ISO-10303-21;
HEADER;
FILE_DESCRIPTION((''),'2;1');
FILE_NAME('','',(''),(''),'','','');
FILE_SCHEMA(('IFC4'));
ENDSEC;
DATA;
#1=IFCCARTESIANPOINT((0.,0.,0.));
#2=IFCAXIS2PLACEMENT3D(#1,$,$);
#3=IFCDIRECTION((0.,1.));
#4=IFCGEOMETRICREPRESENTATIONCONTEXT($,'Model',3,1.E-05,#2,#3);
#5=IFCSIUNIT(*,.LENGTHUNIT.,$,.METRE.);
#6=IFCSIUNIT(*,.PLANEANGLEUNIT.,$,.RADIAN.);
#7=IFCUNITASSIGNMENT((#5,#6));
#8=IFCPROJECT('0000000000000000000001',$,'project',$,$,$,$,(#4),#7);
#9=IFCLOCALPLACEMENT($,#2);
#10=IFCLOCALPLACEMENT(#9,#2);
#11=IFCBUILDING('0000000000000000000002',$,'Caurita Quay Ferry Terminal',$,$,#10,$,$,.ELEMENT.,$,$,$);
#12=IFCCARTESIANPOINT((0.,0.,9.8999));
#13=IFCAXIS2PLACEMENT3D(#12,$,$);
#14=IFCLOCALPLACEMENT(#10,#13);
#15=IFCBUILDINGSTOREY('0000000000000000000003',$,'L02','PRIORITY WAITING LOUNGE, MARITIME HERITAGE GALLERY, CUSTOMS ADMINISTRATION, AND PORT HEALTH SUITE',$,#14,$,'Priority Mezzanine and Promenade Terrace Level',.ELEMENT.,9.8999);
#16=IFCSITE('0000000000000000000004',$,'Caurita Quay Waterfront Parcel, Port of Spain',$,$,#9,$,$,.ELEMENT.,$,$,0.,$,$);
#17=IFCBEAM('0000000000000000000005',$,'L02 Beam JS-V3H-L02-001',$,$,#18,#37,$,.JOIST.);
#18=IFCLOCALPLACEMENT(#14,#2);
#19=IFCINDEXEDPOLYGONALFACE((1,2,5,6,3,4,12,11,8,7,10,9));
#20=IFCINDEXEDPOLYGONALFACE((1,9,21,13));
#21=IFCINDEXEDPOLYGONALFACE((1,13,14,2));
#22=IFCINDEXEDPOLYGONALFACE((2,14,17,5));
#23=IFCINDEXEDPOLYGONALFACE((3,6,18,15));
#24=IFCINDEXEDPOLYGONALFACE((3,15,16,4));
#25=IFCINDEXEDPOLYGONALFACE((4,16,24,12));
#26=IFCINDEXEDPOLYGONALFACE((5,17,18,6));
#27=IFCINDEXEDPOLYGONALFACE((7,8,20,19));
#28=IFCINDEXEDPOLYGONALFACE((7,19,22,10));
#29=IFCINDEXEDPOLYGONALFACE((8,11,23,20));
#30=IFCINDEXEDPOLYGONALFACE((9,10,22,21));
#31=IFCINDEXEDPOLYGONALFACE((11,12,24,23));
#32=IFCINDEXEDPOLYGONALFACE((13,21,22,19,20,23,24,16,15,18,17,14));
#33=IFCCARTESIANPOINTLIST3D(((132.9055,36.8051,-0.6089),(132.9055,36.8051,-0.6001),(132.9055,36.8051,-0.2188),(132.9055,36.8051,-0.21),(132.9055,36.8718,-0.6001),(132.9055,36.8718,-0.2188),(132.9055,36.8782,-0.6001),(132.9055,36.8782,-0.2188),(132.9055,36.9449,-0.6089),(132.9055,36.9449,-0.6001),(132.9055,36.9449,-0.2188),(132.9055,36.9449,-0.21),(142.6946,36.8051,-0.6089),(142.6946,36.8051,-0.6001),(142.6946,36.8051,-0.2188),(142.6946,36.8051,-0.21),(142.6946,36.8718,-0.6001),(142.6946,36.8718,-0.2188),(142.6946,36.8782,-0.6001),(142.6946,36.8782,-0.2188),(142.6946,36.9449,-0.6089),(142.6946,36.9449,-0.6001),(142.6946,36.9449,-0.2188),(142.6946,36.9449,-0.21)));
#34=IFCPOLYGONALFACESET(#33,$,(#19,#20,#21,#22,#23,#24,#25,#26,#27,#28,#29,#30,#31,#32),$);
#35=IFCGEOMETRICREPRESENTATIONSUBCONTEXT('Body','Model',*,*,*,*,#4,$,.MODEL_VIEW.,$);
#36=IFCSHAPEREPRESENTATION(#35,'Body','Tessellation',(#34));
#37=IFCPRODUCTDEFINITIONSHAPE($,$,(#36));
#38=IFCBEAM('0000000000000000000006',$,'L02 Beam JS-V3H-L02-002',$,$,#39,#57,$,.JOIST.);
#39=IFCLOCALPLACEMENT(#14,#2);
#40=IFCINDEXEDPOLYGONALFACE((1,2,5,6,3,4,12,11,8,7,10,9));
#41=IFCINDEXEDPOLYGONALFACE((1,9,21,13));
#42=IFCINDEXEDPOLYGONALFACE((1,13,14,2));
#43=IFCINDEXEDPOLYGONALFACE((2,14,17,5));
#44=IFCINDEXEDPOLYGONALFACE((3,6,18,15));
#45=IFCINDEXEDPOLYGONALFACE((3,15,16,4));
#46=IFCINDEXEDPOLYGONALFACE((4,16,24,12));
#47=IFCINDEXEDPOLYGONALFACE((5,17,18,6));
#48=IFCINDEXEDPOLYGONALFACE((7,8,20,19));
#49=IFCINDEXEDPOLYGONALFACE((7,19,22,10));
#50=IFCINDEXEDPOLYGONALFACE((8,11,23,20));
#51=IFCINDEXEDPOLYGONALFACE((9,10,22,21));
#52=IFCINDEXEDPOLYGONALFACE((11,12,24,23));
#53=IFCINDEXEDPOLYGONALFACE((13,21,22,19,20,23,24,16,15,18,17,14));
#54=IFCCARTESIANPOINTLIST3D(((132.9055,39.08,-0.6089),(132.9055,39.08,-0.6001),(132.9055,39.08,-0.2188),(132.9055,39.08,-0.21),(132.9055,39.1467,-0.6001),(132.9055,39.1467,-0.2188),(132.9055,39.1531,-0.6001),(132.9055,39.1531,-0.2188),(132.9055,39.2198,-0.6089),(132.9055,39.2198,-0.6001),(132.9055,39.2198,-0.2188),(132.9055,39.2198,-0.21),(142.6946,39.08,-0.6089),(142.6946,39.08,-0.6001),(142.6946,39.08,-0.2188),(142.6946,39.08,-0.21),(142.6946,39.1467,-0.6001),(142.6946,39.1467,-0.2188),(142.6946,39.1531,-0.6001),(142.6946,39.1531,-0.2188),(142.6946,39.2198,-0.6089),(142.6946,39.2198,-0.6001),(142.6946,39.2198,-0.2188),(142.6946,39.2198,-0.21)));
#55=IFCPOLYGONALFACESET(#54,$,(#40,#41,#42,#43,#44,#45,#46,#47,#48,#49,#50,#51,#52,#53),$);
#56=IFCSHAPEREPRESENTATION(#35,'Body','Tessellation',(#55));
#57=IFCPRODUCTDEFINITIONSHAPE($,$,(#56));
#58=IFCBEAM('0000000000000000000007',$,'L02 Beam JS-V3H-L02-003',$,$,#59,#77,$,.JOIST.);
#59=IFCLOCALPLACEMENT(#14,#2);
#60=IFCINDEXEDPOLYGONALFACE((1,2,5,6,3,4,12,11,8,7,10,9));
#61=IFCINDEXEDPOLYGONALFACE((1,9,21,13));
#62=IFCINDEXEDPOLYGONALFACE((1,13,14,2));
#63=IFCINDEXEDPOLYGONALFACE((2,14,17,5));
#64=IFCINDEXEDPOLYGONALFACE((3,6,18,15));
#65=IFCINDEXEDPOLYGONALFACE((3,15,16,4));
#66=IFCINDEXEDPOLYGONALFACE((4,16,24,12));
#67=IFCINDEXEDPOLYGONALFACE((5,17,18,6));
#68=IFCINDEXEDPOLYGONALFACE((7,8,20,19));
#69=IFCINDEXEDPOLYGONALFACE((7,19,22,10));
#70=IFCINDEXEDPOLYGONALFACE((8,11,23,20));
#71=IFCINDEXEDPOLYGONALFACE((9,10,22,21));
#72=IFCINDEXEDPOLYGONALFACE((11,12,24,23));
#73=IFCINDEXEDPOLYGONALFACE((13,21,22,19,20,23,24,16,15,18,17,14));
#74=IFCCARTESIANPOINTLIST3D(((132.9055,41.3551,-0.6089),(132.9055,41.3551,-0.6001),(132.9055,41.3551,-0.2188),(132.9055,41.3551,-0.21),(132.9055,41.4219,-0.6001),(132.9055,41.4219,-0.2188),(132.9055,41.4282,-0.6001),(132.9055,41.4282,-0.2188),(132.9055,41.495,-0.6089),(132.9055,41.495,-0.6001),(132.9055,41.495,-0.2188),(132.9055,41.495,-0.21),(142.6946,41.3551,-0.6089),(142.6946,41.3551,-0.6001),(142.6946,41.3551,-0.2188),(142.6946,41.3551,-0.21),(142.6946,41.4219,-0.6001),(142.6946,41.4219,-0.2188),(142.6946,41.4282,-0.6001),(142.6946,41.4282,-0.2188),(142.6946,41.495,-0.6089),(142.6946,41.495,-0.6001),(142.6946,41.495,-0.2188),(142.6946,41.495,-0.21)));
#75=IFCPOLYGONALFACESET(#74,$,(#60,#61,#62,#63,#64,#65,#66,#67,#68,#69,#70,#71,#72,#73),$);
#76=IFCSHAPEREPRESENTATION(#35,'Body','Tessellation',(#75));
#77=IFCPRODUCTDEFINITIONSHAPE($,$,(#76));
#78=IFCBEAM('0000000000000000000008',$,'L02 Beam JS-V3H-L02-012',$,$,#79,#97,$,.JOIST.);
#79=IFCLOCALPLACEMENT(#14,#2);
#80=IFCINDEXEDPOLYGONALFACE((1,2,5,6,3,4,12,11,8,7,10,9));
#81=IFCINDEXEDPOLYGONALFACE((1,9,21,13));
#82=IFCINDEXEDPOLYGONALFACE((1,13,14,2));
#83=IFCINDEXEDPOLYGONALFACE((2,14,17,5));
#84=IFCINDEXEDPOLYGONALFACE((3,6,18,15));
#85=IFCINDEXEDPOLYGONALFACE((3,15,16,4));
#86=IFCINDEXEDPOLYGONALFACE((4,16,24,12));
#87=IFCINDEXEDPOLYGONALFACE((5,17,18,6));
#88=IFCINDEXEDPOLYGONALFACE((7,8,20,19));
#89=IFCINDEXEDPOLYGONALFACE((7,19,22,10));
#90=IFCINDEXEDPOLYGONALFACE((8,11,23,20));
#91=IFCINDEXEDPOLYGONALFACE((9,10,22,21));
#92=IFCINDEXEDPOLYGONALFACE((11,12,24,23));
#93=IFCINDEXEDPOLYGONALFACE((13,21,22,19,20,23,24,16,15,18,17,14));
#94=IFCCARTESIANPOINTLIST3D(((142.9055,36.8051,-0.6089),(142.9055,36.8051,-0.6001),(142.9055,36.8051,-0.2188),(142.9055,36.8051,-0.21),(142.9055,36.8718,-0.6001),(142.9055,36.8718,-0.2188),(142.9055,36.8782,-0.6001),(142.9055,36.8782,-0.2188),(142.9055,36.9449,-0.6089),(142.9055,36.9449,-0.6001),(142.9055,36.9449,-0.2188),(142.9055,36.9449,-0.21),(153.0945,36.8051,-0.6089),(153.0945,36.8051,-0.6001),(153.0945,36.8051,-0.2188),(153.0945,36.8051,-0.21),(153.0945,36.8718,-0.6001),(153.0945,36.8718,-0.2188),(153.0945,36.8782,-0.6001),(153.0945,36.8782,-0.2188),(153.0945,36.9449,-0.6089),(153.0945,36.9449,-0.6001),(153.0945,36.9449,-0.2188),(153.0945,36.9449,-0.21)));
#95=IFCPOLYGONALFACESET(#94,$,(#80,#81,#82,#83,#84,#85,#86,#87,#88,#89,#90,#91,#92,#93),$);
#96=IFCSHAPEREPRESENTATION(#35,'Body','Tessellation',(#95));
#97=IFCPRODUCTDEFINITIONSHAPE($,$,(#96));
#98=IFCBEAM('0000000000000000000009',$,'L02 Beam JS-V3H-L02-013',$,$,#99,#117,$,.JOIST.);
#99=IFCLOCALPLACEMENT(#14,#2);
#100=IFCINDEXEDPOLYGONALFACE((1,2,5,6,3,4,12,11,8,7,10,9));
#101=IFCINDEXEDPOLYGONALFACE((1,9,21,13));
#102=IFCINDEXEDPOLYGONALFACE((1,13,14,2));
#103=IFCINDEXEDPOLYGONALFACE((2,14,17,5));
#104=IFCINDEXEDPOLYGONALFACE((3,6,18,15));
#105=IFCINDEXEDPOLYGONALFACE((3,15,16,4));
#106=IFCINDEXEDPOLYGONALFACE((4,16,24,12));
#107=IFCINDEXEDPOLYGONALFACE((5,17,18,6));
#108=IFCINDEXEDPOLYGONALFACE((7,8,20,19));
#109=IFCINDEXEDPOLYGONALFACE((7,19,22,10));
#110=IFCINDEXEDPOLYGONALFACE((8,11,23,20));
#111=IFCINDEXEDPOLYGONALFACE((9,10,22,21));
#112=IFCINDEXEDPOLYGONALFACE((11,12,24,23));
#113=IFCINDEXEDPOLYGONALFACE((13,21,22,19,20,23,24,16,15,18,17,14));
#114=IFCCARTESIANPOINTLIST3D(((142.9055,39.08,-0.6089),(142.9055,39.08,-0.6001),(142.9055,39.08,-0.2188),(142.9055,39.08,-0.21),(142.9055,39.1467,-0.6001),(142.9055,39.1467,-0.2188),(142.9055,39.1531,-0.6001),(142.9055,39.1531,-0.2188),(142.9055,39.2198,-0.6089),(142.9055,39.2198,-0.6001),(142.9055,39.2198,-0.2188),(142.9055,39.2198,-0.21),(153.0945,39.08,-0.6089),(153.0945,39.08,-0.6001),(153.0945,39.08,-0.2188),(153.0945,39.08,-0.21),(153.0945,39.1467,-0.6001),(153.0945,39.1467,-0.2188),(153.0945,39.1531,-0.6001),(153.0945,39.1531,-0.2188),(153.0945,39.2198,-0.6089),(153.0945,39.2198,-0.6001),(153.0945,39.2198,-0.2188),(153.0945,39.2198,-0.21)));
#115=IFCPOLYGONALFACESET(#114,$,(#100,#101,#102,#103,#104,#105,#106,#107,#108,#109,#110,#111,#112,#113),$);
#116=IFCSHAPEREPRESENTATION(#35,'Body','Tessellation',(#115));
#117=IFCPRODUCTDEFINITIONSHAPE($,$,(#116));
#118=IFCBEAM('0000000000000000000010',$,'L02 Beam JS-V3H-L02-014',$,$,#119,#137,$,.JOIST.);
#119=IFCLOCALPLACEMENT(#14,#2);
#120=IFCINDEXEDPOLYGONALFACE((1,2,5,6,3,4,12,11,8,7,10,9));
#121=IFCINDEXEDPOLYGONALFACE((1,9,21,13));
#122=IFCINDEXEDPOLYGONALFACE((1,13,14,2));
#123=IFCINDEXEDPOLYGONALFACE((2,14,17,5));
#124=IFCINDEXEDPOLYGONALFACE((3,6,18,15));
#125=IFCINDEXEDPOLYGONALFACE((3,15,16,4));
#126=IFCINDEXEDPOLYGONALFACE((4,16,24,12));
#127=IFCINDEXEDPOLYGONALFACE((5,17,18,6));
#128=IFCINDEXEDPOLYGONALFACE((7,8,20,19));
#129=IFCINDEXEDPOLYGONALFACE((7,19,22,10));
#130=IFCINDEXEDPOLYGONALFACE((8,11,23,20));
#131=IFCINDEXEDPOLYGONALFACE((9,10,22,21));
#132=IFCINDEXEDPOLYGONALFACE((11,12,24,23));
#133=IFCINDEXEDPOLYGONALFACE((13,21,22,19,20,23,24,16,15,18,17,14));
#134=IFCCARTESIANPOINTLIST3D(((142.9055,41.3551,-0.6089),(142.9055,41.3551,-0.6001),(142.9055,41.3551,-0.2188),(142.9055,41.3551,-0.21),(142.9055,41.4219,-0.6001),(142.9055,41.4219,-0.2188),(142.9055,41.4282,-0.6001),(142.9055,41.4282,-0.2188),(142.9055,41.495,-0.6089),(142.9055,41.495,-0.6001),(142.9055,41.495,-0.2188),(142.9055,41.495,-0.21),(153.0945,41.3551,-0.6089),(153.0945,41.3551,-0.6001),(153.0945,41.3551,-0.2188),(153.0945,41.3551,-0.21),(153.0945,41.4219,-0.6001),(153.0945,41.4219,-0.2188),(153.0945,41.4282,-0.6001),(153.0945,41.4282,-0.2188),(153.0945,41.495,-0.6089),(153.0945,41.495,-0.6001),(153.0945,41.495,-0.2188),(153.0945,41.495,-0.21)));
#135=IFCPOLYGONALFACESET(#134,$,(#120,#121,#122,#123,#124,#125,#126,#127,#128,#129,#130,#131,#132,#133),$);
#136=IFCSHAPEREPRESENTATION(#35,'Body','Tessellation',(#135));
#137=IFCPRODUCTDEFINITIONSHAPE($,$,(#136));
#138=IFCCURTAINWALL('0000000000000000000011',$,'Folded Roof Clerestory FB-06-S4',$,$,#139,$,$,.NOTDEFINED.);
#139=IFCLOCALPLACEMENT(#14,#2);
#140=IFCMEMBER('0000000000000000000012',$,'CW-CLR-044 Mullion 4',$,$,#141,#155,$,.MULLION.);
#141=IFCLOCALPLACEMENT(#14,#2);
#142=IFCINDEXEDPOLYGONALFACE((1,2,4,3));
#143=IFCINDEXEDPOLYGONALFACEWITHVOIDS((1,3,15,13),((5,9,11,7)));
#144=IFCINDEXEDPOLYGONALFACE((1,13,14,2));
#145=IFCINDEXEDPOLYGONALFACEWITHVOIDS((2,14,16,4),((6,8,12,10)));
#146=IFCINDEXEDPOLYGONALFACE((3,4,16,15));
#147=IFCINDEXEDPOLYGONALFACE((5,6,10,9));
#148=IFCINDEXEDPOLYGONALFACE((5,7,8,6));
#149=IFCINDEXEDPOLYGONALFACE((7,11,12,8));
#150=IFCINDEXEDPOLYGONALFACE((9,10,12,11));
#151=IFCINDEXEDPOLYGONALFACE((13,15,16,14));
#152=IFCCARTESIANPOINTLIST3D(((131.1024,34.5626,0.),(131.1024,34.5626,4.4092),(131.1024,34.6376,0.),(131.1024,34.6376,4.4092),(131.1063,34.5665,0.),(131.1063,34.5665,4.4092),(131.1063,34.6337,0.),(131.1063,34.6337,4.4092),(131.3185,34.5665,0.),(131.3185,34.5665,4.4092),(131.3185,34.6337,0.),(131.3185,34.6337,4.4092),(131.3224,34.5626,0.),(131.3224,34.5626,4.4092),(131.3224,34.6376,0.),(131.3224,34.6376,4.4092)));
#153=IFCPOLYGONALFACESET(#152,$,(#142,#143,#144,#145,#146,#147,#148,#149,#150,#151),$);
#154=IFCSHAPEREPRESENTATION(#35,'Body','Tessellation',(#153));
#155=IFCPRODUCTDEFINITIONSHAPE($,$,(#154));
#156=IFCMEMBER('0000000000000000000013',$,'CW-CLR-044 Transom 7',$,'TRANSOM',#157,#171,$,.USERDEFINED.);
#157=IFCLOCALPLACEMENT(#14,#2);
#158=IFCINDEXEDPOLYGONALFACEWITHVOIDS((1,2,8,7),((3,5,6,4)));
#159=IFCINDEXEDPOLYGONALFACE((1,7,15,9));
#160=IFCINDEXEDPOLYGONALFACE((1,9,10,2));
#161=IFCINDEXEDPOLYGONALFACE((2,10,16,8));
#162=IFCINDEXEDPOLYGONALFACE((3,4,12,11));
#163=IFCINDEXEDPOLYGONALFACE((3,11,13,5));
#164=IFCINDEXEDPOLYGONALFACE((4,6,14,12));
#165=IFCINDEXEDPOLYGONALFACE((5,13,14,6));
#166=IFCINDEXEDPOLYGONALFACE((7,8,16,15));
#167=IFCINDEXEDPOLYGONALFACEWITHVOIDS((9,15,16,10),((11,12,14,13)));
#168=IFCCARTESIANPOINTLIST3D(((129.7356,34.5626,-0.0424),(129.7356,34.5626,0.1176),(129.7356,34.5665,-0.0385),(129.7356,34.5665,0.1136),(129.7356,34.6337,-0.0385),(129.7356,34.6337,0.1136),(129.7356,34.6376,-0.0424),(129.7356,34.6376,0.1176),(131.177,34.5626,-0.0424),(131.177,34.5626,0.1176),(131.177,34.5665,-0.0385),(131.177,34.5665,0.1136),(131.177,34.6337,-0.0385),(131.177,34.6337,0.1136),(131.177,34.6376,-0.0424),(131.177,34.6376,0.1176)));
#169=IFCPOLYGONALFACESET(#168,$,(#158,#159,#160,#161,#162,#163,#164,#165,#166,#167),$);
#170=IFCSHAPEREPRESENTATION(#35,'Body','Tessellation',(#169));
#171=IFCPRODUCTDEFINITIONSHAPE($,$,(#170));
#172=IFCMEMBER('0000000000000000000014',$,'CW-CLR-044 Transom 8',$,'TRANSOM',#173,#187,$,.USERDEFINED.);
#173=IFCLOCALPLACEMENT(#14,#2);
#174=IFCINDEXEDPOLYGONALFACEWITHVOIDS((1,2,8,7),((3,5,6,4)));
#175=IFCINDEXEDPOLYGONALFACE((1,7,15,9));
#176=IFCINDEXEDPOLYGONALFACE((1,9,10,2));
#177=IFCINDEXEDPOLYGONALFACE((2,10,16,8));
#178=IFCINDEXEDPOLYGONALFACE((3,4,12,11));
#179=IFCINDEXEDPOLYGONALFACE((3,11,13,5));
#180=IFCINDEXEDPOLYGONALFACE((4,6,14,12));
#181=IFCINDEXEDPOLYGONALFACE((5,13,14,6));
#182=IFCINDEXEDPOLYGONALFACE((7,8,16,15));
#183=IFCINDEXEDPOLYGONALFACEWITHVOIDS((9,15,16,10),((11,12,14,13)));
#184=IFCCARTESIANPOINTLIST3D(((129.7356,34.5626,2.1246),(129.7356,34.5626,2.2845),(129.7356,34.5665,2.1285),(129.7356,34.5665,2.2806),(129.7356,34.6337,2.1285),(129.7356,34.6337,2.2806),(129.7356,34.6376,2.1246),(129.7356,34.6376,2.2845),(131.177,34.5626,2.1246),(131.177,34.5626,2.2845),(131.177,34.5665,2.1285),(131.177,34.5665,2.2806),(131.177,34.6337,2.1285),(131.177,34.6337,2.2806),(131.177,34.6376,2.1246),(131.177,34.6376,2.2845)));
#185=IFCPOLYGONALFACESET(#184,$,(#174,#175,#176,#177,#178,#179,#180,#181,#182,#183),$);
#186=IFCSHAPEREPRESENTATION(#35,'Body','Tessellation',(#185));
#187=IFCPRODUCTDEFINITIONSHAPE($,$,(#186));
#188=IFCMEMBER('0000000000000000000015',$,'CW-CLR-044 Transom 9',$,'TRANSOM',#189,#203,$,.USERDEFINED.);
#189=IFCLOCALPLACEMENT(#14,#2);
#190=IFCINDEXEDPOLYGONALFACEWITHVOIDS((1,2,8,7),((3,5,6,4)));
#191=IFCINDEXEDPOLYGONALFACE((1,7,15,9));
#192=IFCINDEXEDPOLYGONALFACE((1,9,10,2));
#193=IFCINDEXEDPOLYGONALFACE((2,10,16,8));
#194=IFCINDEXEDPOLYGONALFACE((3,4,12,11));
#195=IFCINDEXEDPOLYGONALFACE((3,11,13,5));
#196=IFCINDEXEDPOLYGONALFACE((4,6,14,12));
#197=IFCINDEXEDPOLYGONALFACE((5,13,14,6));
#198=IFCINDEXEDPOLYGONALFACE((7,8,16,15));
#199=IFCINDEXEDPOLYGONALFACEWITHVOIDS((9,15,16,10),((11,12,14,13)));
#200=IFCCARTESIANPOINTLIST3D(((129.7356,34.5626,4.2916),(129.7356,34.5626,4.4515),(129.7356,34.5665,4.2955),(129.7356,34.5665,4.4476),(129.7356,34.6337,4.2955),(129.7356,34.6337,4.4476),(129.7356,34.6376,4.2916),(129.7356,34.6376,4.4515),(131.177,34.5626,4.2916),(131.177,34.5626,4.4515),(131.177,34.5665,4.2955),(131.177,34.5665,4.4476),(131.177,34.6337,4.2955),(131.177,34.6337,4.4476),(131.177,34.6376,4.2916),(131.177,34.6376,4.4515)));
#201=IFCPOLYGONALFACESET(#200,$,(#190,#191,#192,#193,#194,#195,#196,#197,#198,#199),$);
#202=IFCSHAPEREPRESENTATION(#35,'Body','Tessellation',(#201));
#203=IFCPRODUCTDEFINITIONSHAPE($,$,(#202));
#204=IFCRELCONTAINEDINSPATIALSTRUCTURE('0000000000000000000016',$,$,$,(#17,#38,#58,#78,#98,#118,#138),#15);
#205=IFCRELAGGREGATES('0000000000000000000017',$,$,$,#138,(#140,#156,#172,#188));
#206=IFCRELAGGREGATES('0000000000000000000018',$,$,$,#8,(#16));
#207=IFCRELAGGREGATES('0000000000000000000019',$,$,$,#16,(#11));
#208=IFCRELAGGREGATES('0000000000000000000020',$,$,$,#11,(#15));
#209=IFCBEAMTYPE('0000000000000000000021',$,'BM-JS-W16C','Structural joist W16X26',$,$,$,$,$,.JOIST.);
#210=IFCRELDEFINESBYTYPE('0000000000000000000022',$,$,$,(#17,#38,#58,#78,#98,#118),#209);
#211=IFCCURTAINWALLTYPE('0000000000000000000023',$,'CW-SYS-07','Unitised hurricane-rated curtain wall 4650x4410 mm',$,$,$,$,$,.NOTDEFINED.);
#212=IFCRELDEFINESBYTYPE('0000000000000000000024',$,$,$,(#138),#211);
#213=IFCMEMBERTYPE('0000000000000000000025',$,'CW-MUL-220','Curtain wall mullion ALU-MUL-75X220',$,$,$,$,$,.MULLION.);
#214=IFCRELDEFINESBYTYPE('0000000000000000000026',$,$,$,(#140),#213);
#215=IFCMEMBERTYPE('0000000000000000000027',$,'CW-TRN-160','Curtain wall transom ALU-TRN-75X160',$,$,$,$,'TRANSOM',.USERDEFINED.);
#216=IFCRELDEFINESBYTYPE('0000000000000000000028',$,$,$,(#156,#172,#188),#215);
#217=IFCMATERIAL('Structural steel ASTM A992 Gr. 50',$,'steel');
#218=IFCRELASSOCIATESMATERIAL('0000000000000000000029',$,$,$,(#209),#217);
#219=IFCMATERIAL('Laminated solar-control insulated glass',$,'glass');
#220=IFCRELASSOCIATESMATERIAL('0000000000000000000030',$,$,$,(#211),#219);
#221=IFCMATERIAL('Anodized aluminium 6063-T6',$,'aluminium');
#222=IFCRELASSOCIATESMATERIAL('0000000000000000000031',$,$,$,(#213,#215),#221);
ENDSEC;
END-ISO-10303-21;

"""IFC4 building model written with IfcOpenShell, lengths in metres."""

from ifc_helpers import new_model, si_unit, direction, frame, origin, origin_2d, place, context, subcontext, project, spatial, hollow_rectangle, i_section, extrude, material, material_profile, profile_set, type_object, element, aggregate, save


model = new_model("IFC4")

# Units and contexts
model_context = context("Model", 3, precision=1e-05, world=origin(), true_north=direction((0.0, 1.0)))
body_context = subcontext(model_context, "Body", "Model", "MODEL_VIEW")
ifc_project = project(units=[si_unit("LENGTHUNIT", "METRE"), si_unit("PLANEANGLEUNIT", "RADIAN")], contexts=[model_context])

# Site, building, storey
site_placement = place(None, origin())
site = spatial("IfcSite", under=ifc_project, at=site_placement, Name="Caurita Quay Waterfront Parcel, Port of Spain", CompositionType="ELEMENT", RefElevation=0.0)
building_placement = place(site_placement, origin())
building = spatial("IfcBuilding", under=site, at=building_placement, Name="Caurita Quay Ferry Terminal", CompositionType="ELEMENT")
storey_placement = place(building_placement, frame((0.0, 0.0, 9.8999)))
storey = spatial("IfcBuildingStorey", under=building, at=storey_placement, Name="L02", Description="PRIORITY WAITING LOUNGE, MARITIME HERITAGE GALLERY, CUSTOMS ADMINISTRATION, AND PORT HEALTH SUITE", LongName="Priority Mezzanine and Promenade Terrace Level", CompositionType="ELEMENT", Elevation=9.8999)

# Shared definitions
ifc_material_1 = material(Name="Structural steel ASTM A992 Gr. 50", Category="steel")

# Beams
ifc_material_profile_1 = material_profile(ifc_material_1, i_section(OverallWidth=0.1399, OverallDepth=0.3989, WebThickness=0.0063, FlangeThickness=0.0088, at=origin_2d()), Name="W16X26")
ifc_profile_set_1 = profile_set([ifc_material_profile_1], Name="Structural steel ASTM A992 Gr. 50")
beam_type_1 = type_object("IfcBeamType", Name="BM-JS-W16C", Description="Structural joist W16X26", PredefinedType="JOIST", material=ifc_profile_set_1)
for number, where, z_axis, x_axis, name in (
    (1, (132.9055, 36.875, -0.4094), (1.0, 0.0, 0.0), (0.0, 1.0, 0.0), "L02 Beam JS-V3H-L02-001"),
    (2, (132.9055, 39.1499, -0.4094), (1.0, 0.0, 0.0), (0.0, 1.0, 0.0), "L02 Beam JS-V3H-L02-002"),
    (3, (132.9055, 41.425, -0.4094), (1.0, 0.0, 0.0), (0.0, 1.0, 0.0), "L02 Beam JS-V3H-L02-003"),
):
    element("IfcBeam", number, at=place(storey_placement, frame(where, z_axis=z_axis, x_axis=x_axis)), inside=storey, type_object=beam_type_1, Name=name, PredefinedType="JOIST", context=body_context, shape_type="SweptSolid", body=[
        extrude(i_section(OverallWidth=0.1399, OverallDepth=0.3989, WebThickness=0.0063, FlangeThickness=0.0088, at=origin_2d()), origin(), (0.0, 0.0, 1.0), 9.7891),
    ])
for number, where, z_axis, x_axis, name in (
    (4, (142.9055, 36.875, -0.4094), (1.0, 0.0, 0.0), (0.0, 1.0, 0.0), "L02 Beam JS-V3H-L02-012"),
    (5, (142.9055, 39.1499, -0.4094), (1.0, 0.0, 0.0), (0.0, 1.0, 0.0), "L02 Beam JS-V3H-L02-013"),
    (6, (142.9055, 41.425, -0.4094), (1.0, 0.0, 0.0), (0.0, 1.0, 0.0), "L02 Beam JS-V3H-L02-014"),
):
    element("IfcBeam", number, at=place(storey_placement, frame(where, z_axis=z_axis, x_axis=x_axis)), inside=storey, type_object=beam_type_1, Name=name, PredefinedType="JOIST", context=body_context, shape_type="SweptSolid", body=[
        extrude(i_section(OverallWidth=0.1399, OverallDepth=0.3989, WebThickness=0.0063, FlangeThickness=0.0088, at=origin_2d()), origin(), (0.0, 0.0, 1.0), 10.189),
    ])

# Curtain wall, members
ifc_material_2 = material(Name="Laminated solar-control insulated glass", Category="glass")
curtain_wall_type = type_object("IfcCurtainWallType", Name="CW-SYS-07", Description="Unitised hurricane-rated curtain wall 4650x4410 mm", PredefinedType="NOTDEFINED", material=ifc_material_2)
curtain_wall_placement = place(storey_placement, origin())
curtain_wall = element("IfcCurtainWall", 7, at=curtain_wall_placement, inside=storey, type_object=curtain_wall_type, Name="Folded Roof Clerestory FB-06-S4", PredefinedType="NOTDEFINED")
ifc_material_3 = material(Name="Anodized aluminium 6063-T6", Category="aluminium")
ifc_material_profile_2 = material_profile(ifc_material_3, hollow_rectangle(XDim=0.075, YDim=0.22, WallThickness=0.0039, at=origin_2d()), Name="ALU-MUL-75X220")
ifc_profile_set_2 = profile_set([ifc_material_profile_2], Name="Anodized aluminium 6063-T6")
member_type_1 = type_object("IfcMemberType", Name="CW-MUL-220", Description="Curtain wall mullion ALU-MUL-75X220", PredefinedType="MULLION", material=ifc_profile_set_2)
member_1_placement = place(storey_placement, frame((131.2124, 34.6001, 0.0), z_axis=(0.0, 0.0, 1.0), x_axis=(0.0, 1.0, 0.0)))
member_1 = element("IfcMember", 8, at=member_1_placement, type_object=member_type_1, Name="CW-CLR-044 Mullion 4", PredefinedType="MULLION", context=body_context, shape_type="SweptSolid", body=[
    extrude(hollow_rectangle(XDim=0.075, YDim=0.22, WallThickness=0.0039, at=origin_2d()), origin(), (0.0, 0.0, 1.0), 4.4092),
])
ifc_material_profile_3 = material_profile(ifc_material_3, hollow_rectangle(XDim=0.075, YDim=0.1599, WallThickness=0.0039, at=origin_2d()), Name="ALU-TRN-75X160")
ifc_profile_set_3 = profile_set([ifc_material_profile_3], Name="Anodized aluminium 6063-T6")
member_type_2 = type_object("IfcMemberType", Name="CW-TRN-160", Description="Curtain wall transom ALU-TRN-75X160", ElementType="TRANSOM", PredefinedType="USERDEFINED", material=ifc_profile_set_3)
member_2_placement = place(storey_placement, frame((129.7356, 34.6001, 0.0376), z_axis=(1.0, 0.0, 0.0), x_axis=(0.0, 1.0, 0.0)))
member_2 = element("IfcMember", 9, at=member_2_placement, type_object=member_type_2, Name="CW-CLR-044 Transom 7", ObjectType="TRANSOM", PredefinedType="USERDEFINED", context=body_context, shape_type="SweptSolid", body=[
    extrude(hollow_rectangle(XDim=0.075, YDim=0.1599, WallThickness=0.0039, at=origin_2d()), origin(), (0.0, 0.0, 1.0), 1.4414),
])
member_3_placement = place(storey_placement, frame((129.7356, 34.6001, 2.2046), z_axis=(1.0, 0.0, 0.0), x_axis=(0.0, 1.0, 0.0)))
member_3 = element("IfcMember", 10, at=member_3_placement, type_object=member_type_2, Name="CW-CLR-044 Transom 8", ObjectType="TRANSOM", PredefinedType="USERDEFINED", context=body_context, shape_type="SweptSolid", body=[
    extrude(hollow_rectangle(XDim=0.075, YDim=0.1599, WallThickness=0.0039, at=origin_2d()), origin(), (0.0, 0.0, 1.0), 1.4414),
])
member_4_placement = place(storey_placement, frame((129.7356, 34.6001, 4.3716), z_axis=(1.0, 0.0, 0.0), x_axis=(0.0, 1.0, 0.0)))
member_4 = element("IfcMember", 11, at=member_4_placement, type_object=member_type_2, Name="CW-CLR-044 Transom 9", ObjectType="TRANSOM", PredefinedType="USERDEFINED", context=body_context, shape_type="SweptSolid", body=[
    extrude(hollow_rectangle(XDim=0.075, YDim=0.1599, WallThickness=0.0039, at=origin_2d()), origin(), (0.0, 0.0, 1.0), 1.4414),
])
aggregate(curtain_wall, [member_1, member_2, member_3, member_4])

save(model, "model.ifc")
